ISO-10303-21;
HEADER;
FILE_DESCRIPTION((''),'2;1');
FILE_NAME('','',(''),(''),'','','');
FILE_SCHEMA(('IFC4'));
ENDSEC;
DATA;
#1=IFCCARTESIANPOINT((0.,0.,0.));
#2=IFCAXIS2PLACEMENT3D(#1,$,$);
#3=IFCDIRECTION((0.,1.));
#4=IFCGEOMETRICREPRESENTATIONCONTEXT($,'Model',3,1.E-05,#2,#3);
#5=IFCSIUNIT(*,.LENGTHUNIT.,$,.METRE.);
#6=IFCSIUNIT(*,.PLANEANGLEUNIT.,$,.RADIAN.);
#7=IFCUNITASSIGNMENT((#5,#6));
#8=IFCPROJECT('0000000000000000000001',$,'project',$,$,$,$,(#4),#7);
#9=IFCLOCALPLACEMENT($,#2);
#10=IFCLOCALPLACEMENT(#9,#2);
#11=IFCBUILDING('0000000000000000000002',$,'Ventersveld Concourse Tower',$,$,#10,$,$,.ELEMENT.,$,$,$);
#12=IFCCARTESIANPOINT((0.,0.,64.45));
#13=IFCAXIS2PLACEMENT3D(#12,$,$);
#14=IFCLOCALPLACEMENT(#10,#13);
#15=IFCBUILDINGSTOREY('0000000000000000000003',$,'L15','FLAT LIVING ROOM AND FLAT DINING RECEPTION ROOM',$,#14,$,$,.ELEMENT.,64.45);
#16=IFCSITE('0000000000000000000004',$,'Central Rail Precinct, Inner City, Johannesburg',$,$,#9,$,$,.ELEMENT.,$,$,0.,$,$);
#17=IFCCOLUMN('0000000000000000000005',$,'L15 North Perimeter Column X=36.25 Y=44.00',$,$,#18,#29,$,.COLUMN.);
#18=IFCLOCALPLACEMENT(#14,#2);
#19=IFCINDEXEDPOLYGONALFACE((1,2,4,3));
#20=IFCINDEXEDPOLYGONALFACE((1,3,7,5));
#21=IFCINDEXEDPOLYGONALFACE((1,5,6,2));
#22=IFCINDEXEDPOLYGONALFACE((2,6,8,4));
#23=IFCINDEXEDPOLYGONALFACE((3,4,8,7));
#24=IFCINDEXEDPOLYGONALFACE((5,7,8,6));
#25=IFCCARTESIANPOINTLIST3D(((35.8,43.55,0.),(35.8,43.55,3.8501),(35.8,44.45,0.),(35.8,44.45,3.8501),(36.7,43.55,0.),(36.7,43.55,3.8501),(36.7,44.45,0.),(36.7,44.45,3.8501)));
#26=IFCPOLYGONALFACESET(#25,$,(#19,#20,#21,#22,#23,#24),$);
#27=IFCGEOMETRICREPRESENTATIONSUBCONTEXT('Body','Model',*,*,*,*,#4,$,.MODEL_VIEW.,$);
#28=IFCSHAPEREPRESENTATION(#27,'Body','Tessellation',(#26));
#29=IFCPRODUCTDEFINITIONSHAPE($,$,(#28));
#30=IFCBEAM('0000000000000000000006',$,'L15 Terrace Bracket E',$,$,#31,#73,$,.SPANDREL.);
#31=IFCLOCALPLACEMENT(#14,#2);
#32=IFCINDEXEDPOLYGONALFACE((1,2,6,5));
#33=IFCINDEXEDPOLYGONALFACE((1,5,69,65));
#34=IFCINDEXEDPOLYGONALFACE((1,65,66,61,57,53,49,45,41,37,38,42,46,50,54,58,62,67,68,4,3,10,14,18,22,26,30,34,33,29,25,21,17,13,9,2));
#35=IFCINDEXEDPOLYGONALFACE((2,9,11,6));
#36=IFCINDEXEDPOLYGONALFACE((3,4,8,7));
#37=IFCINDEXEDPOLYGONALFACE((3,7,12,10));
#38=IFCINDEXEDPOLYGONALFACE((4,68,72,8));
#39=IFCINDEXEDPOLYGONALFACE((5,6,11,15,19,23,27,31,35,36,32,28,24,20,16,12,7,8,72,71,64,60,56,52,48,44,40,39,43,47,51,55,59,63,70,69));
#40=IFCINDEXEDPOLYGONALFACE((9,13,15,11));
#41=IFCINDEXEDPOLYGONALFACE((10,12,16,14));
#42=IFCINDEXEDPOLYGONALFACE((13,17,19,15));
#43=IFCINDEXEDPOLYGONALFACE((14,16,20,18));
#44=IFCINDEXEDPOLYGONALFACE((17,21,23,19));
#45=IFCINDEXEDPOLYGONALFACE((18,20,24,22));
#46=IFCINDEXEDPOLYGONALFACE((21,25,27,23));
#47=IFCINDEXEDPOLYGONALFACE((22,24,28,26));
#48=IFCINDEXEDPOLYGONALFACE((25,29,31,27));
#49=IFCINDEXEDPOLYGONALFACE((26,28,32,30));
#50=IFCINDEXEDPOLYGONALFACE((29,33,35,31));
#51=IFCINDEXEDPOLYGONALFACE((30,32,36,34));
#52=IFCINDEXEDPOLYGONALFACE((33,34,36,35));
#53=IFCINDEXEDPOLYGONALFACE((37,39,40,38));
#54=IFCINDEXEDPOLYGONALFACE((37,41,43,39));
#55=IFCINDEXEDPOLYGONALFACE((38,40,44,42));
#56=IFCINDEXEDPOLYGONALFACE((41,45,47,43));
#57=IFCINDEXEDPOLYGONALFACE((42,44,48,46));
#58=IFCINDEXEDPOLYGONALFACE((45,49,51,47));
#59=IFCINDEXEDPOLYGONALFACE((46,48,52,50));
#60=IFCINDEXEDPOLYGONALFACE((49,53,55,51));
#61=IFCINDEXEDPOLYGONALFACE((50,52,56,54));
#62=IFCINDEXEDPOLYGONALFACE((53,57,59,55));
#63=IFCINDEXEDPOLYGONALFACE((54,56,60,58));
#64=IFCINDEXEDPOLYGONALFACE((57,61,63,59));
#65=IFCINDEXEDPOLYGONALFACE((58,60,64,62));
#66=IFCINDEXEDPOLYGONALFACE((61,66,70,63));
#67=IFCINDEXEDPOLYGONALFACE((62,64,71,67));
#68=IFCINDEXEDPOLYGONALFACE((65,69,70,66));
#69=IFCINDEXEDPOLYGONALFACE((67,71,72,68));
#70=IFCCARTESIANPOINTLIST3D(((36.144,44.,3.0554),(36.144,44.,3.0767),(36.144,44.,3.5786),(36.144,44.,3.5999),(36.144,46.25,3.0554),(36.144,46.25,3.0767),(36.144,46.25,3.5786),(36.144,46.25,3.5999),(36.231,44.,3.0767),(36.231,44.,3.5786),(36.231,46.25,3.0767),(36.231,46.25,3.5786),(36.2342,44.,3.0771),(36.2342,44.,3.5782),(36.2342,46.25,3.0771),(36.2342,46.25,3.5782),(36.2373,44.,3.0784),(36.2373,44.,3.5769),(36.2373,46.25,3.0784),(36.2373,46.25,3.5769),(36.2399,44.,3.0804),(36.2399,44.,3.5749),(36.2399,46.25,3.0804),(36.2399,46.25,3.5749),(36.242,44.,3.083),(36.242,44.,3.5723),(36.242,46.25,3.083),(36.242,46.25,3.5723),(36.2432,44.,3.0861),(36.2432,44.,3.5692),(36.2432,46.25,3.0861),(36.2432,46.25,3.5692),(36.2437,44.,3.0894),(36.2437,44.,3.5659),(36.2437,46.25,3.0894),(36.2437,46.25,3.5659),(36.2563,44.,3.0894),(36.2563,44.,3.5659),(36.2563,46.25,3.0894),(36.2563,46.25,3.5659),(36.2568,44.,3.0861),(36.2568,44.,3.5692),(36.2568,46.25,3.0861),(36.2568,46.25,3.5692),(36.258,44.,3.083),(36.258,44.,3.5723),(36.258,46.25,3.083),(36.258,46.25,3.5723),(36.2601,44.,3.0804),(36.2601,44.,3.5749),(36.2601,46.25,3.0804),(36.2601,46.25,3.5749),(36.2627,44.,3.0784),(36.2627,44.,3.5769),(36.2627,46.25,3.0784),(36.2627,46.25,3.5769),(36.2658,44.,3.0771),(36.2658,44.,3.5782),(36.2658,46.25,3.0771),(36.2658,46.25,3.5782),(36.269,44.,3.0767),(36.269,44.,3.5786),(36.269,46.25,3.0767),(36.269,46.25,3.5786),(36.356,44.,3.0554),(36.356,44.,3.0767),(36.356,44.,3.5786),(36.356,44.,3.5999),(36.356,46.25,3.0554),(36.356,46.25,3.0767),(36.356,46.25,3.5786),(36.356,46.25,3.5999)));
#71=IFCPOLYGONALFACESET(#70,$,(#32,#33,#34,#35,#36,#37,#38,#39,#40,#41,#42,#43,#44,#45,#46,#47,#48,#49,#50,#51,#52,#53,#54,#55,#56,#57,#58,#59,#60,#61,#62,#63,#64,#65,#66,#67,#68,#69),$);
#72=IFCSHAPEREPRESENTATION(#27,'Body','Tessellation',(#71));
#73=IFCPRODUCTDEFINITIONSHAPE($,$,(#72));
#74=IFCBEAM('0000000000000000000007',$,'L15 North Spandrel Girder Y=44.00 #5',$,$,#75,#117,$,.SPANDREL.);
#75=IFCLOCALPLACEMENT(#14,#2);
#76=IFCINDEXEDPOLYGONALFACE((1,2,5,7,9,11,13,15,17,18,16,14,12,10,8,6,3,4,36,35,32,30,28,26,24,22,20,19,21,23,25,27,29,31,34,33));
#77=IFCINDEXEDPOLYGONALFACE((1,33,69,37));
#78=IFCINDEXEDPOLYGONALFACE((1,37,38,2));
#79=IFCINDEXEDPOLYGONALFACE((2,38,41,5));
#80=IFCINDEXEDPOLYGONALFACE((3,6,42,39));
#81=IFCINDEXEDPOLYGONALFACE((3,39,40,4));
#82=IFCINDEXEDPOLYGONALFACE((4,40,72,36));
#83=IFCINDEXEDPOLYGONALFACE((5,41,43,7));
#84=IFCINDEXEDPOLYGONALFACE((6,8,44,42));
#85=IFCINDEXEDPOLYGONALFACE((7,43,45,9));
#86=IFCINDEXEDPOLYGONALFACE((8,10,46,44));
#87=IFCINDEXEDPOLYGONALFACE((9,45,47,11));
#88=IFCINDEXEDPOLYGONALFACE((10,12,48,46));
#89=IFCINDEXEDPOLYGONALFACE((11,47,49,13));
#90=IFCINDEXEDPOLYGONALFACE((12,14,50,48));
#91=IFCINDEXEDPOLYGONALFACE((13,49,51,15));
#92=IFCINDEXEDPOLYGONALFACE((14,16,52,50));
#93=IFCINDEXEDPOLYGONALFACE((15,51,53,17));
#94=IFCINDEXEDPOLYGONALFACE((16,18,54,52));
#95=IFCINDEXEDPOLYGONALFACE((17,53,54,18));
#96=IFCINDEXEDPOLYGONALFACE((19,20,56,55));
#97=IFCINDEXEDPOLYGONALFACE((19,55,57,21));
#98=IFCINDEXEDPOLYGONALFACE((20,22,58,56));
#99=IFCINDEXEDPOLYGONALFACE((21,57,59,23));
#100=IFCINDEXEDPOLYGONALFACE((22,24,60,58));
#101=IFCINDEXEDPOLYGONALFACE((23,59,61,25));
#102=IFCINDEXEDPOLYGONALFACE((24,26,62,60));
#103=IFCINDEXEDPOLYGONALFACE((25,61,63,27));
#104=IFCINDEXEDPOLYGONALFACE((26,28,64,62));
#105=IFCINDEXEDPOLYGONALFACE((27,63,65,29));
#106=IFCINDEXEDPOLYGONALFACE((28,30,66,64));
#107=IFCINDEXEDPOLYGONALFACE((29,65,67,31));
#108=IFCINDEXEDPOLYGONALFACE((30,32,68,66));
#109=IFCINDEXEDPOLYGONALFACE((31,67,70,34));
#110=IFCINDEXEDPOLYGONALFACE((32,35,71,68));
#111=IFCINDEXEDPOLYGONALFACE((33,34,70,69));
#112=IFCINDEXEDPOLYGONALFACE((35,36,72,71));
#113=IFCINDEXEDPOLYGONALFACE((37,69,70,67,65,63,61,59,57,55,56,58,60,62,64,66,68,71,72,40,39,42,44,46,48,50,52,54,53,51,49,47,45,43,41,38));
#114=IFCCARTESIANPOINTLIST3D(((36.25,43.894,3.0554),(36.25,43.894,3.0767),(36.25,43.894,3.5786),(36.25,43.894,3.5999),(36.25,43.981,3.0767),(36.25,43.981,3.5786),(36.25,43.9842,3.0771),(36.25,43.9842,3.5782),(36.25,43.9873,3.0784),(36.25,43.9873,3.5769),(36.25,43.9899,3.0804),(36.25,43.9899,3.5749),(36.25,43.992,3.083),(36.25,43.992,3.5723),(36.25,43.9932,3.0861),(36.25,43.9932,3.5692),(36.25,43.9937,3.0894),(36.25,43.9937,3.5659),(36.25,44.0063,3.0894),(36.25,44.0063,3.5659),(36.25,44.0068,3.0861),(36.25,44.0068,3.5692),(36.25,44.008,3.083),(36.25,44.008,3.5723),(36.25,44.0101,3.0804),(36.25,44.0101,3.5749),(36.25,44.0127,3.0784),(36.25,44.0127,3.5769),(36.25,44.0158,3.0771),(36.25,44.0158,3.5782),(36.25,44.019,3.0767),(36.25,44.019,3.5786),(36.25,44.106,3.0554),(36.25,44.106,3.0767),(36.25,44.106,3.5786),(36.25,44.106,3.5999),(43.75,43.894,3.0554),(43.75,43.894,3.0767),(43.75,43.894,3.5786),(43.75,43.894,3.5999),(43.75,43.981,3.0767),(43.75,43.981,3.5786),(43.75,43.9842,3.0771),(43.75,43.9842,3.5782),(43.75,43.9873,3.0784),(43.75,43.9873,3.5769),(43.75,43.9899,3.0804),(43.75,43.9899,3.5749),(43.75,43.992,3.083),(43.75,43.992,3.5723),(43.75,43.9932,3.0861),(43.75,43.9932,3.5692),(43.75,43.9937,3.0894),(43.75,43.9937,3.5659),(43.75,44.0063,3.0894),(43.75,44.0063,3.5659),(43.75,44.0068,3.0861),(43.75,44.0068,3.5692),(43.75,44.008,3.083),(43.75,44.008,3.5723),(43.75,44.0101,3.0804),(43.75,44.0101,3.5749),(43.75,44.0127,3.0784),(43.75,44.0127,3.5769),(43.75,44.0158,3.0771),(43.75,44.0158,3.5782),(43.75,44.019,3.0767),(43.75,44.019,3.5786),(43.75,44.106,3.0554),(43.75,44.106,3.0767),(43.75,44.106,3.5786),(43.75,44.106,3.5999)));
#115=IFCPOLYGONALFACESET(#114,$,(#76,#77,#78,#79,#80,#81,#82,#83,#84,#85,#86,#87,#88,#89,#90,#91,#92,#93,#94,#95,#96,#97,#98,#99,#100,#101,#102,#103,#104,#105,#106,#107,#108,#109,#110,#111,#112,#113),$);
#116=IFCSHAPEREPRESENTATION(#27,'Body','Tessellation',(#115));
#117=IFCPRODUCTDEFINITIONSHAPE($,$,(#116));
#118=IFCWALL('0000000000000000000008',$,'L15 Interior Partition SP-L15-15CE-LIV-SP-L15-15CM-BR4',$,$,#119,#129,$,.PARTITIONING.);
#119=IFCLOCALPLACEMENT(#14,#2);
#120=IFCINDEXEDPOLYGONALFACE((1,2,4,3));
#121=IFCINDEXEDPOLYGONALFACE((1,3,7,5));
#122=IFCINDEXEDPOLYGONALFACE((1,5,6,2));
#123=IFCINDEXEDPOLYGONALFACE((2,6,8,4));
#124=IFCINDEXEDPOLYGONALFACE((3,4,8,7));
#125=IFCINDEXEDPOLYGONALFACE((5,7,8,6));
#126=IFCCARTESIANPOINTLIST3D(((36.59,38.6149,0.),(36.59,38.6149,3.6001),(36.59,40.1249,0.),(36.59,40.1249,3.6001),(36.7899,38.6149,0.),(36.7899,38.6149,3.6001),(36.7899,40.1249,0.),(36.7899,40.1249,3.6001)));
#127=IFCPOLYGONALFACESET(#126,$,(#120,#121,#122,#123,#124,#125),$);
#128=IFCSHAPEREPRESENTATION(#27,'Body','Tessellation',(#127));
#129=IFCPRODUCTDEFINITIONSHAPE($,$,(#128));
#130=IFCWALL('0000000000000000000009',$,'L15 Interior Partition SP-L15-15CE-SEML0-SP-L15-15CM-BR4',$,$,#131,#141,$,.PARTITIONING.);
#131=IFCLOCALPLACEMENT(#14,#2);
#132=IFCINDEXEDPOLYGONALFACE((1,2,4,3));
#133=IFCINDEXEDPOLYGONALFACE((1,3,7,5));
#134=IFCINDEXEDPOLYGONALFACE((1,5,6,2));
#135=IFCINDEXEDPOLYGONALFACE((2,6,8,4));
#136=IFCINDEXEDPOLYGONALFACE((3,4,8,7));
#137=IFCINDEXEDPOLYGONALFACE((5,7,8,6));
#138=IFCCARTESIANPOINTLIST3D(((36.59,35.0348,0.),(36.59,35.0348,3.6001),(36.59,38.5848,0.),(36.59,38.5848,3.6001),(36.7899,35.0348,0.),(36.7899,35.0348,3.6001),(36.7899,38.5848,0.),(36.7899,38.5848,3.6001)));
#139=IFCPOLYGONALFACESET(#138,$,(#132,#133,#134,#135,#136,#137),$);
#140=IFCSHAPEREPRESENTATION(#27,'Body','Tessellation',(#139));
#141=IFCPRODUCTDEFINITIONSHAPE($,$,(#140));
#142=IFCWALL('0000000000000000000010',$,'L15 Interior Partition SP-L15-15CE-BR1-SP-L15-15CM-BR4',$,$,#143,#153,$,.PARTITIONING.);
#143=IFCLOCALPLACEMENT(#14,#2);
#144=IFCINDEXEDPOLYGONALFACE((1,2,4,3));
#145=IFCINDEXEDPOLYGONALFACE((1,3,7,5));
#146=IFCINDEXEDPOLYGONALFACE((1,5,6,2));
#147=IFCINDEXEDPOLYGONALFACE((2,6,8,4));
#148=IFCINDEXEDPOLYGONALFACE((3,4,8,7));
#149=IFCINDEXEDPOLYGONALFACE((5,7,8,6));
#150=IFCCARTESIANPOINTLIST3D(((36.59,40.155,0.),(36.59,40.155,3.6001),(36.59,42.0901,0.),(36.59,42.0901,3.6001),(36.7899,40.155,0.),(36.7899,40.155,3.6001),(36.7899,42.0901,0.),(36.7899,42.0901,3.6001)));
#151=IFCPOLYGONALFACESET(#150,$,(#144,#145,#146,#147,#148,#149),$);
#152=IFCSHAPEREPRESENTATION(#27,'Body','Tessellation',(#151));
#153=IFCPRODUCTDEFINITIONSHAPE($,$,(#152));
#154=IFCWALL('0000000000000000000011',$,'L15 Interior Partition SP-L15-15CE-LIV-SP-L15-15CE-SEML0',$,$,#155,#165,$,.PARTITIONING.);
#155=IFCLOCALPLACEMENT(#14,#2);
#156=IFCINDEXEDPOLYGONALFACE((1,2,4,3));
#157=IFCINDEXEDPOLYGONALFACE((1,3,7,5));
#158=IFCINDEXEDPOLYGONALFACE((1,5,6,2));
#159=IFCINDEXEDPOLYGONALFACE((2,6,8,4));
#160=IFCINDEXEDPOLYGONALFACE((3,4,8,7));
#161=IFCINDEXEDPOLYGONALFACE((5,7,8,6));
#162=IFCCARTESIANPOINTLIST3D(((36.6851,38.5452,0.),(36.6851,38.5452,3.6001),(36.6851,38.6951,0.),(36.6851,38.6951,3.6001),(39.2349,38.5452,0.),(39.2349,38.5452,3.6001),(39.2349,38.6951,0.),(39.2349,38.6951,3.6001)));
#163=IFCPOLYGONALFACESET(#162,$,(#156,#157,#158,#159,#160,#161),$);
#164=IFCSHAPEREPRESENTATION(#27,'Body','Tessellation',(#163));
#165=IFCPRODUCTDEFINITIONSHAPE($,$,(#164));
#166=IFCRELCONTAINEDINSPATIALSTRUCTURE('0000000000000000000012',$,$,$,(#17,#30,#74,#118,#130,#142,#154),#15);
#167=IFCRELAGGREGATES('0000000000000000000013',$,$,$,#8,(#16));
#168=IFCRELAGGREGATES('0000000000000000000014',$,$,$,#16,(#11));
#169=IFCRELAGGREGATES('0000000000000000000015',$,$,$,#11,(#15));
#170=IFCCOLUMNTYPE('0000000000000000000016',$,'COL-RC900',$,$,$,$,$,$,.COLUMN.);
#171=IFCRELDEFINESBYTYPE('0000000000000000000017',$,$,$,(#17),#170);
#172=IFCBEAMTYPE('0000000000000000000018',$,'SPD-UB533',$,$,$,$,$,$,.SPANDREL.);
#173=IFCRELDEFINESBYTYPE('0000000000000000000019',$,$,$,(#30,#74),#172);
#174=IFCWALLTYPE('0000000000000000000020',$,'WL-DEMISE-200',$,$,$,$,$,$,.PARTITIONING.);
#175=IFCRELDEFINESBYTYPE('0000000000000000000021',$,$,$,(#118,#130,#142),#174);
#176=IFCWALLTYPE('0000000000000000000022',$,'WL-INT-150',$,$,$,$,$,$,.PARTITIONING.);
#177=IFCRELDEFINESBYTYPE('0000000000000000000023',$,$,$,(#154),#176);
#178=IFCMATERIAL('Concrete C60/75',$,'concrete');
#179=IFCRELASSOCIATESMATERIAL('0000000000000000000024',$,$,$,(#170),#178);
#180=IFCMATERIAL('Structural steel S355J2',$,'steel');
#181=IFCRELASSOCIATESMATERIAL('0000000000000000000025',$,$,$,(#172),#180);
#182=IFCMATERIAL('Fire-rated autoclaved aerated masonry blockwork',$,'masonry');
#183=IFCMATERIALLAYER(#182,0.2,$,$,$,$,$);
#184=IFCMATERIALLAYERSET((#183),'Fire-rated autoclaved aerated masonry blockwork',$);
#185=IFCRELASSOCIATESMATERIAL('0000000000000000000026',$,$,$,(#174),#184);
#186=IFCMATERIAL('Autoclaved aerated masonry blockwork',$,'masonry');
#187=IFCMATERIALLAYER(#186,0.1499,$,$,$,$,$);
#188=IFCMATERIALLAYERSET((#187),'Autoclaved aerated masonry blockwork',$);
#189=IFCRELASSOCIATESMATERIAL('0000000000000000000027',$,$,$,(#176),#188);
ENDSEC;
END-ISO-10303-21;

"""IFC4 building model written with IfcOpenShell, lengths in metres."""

from ifc_helpers import new_model, si_unit, direction, frame, frame_2d, origin, origin_2d, place, context, subcontext, project, spatial, rectangle, i_section, extrude, material, layer, layer_set, material_profile, profile_set, type_object, element, save


model = new_model("IFC4")

# Units and contexts
model_context = context("Model", 3, precision=1e-05, world=origin(), true_north=direction((0.0, 1.0)))
body_context = subcontext(model_context, "Body", "Model", "MODEL_VIEW")
ifc_project = project(units=[si_unit("LENGTHUNIT", "METRE"), si_unit("PLANEANGLEUNIT", "RADIAN")], contexts=[model_context])

# Site, building, storey
site_placement = place(None, origin())
site = spatial("IfcSite", under=ifc_project, at=site_placement, Name="Central Rail Precinct, Inner City, Johannesburg", CompositionType="ELEMENT", RefElevation=0.0)
building_placement = place(site_placement, origin())
building = spatial("IfcBuilding", under=site, at=building_placement, Name="Ventersveld Concourse Tower", CompositionType="ELEMENT")
storey_placement = place(building_placement, frame((0.0, 0.0, 64.45)))
storey = spatial("IfcBuildingStorey", under=building, at=storey_placement, Name="L15", Description="FLAT LIVING ROOM AND FLAT DINING RECEPTION ROOM", CompositionType="ELEMENT", Elevation=64.45)

# Column
ifc_material_1 = material(Name="Concrete C60/75", Category="concrete")
ifc_material_profile_1 = material_profile(ifc_material_1, rectangle(XDim=0.8999, YDim=0.8999, at=origin_2d()), Name="RC 900x900")
ifc_profile_set_1 = profile_set([ifc_material_profile_1], Name="Concrete C60/75")
column_type = type_object("IfcColumnType", Name="COL-RC900", PredefinedType="COLUMN", material=ifc_profile_set_1)
column_placement = place(storey_placement, frame((36.25, 44.0, 0.0), z_axis=(0.0, 0.0, 1.0), x_axis=(1.0, 0.0, 0.0)))
element("IfcColumn", 1, at=column_placement, inside=storey, type_object=column_type, Name="L15 North Perimeter Column X=36.25 Y=44.00", PredefinedType="COLUMN", context=body_context, shape_type="SweptSolid", body=[
    extrude(rectangle(XDim=0.8999, YDim=0.8999, at=origin_2d()), origin(), (0.0, 0.0, 1.0), 3.8501),
])

# Beams
ifc_material_2 = material(Name="Structural steel S355J2", Category="steel")
ifc_material_profile_2 = material_profile(ifc_material_2, i_section(OverallWidth=0.2119, OverallDepth=0.5444, WebThickness=0.0127, FlangeThickness=0.0212, FilletRadius=0.0127, at=origin_2d()), Name="UB 533x210x122")
ifc_profile_set_2 = profile_set([ifc_material_profile_2], Name="Structural steel S355J2")
beam_type = type_object("IfcBeamType", Name="SPD-UB533", PredefinedType="SPANDREL", material=ifc_profile_set_2)
beam_1_placement = place(storey_placement, frame((36.25, 44.0, 3.3276), z_axis=(0.0, 1.0, 0.0), x_axis=(-1.0, 0.0, 0.0)))
element("IfcBeam", 2, at=beam_1_placement, inside=storey, type_object=beam_type, Name="L15 Terrace Bracket E", PredefinedType="SPANDREL", context=body_context, shape_type="SweptSolid", body=[
    extrude(i_section(OverallWidth=0.2119, OverallDepth=0.5444, WebThickness=0.0127, FlangeThickness=0.0212, FilletRadius=0.0127, at=origin_2d()), origin(), (0.0, 0.0, 1.0), 2.25),
])
beam_2_placement = place(storey_placement, frame((36.25, 44.0, 3.3276), z_axis=(1.0, 0.0, 0.0), x_axis=(0.0, 1.0, 0.0)))
element("IfcBeam", 3, at=beam_2_placement, inside=storey, type_object=beam_type, Name="L15 North Spandrel Girder Y=44.00 #5", PredefinedType="SPANDREL", context=body_context, shape_type="SweptSolid", body=[
    extrude(i_section(OverallWidth=0.2119, OverallDepth=0.5444, WebThickness=0.0127, FlangeThickness=0.0212, FilletRadius=0.0127, at=origin_2d()), origin(), (0.0, 0.0, 1.0), 7.5),
])

# Walls
ifc_material_3 = material(Name="Fire-rated autoclaved aerated masonry blockwork", Category="masonry")
ifc_layer_1 = layer(ifc_material_3, 0.2)
ifc_layer_set_1 = layer_set([ifc_layer_1], Name="Fire-rated autoclaved aerated masonry blockwork")
wall_type_1 = type_object("IfcWallType", Name="WL-DEMISE-200", PredefinedType="PARTITIONING", material=ifc_layer_set_1)
wall_1_placement = place(storey_placement, frame((36.6899, 38.615, 0.0), z_axis=(0.0, 0.0, 1.0), x_axis=(0.0, 1.0, 0.0)))
element("IfcWall", 4, at=wall_1_placement, inside=storey, type_object=wall_type_1, Name="L15 Interior Partition SP-L15-15CE-LIV-SP-L15-15CM-BR4", PredefinedType="PARTITIONING", context=body_context, shape_type="SweptSolid", body=[
    extrude(rectangle(XDim=1.51, YDim=0.2, at=frame_2d((0.7549, 0.0))), origin(), (0.0, 0.0, 1.0), 3.6001),
])
wall_2_placement = place(storey_placement, frame((36.6899, 35.0349, 0.0), z_axis=(0.0, 0.0, 1.0), x_axis=(0.0, 1.0, 0.0)))
element("IfcWall", 5, at=wall_2_placement, inside=storey, type_object=wall_type_1, Name="L15 Interior Partition SP-L15-15CE-SEML0-SP-L15-15CM-BR4", PredefinedType="PARTITIONING", context=body_context, shape_type="SweptSolid", body=[
    extrude(rectangle(XDim=3.55, YDim=0.2, at=frame_2d((1.7749, 0.0))), origin(), (0.0, 0.0, 1.0), 3.6001),
])
wall_3_placement = place(storey_placement, frame((36.6899, 40.155, 0.0), z_axis=(0.0, 0.0, 1.0), x_axis=(0.0, 1.0, 0.0)))
element("IfcWall", 6, at=wall_3_placement, inside=storey, type_object=wall_type_1, Name="L15 Interior Partition SP-L15-15CE-BR1-SP-L15-15CM-BR4", PredefinedType="PARTITIONING", context=body_context, shape_type="SweptSolid", body=[
    extrude(rectangle(XDim=1.9351, YDim=0.2, at=frame_2d((0.9675, 0.0))), origin(), (0.0, 0.0, 1.0), 3.6001),
])
ifc_material_4 = material(Name="Autoclaved aerated masonry blockwork", Category="masonry")
ifc_layer_2 = layer(ifc_material_4, 0.1499)
ifc_layer_set_2 = layer_set([ifc_layer_2], Name="Autoclaved aerated masonry blockwork")
wall_type_2 = type_object("IfcWallType", Name="WL-INT-150", PredefinedType="PARTITIONING", material=ifc_layer_set_2)
wall_4_placement = place(storey_placement, frame((36.6851, 38.6201, 0.0), z_axis=(0.0, 0.0, 1.0), x_axis=(1.0, 0.0, 0.0)))
element("IfcWall", 7, at=wall_4_placement, inside=storey, type_object=wall_type_2, Name="L15 Interior Partition SP-L15-15CE-LIV-SP-L15-15CE-SEML0", PredefinedType="PARTITIONING", context=body_context, shape_type="SweptSolid", body=[
    extrude(rectangle(XDim=2.5498, YDim=0.1499, at=frame_2d((1.2749, 0.0))), origin(), (0.0, 0.0, 1.0), 3.6001),
])

save(model, "model.ifc")
